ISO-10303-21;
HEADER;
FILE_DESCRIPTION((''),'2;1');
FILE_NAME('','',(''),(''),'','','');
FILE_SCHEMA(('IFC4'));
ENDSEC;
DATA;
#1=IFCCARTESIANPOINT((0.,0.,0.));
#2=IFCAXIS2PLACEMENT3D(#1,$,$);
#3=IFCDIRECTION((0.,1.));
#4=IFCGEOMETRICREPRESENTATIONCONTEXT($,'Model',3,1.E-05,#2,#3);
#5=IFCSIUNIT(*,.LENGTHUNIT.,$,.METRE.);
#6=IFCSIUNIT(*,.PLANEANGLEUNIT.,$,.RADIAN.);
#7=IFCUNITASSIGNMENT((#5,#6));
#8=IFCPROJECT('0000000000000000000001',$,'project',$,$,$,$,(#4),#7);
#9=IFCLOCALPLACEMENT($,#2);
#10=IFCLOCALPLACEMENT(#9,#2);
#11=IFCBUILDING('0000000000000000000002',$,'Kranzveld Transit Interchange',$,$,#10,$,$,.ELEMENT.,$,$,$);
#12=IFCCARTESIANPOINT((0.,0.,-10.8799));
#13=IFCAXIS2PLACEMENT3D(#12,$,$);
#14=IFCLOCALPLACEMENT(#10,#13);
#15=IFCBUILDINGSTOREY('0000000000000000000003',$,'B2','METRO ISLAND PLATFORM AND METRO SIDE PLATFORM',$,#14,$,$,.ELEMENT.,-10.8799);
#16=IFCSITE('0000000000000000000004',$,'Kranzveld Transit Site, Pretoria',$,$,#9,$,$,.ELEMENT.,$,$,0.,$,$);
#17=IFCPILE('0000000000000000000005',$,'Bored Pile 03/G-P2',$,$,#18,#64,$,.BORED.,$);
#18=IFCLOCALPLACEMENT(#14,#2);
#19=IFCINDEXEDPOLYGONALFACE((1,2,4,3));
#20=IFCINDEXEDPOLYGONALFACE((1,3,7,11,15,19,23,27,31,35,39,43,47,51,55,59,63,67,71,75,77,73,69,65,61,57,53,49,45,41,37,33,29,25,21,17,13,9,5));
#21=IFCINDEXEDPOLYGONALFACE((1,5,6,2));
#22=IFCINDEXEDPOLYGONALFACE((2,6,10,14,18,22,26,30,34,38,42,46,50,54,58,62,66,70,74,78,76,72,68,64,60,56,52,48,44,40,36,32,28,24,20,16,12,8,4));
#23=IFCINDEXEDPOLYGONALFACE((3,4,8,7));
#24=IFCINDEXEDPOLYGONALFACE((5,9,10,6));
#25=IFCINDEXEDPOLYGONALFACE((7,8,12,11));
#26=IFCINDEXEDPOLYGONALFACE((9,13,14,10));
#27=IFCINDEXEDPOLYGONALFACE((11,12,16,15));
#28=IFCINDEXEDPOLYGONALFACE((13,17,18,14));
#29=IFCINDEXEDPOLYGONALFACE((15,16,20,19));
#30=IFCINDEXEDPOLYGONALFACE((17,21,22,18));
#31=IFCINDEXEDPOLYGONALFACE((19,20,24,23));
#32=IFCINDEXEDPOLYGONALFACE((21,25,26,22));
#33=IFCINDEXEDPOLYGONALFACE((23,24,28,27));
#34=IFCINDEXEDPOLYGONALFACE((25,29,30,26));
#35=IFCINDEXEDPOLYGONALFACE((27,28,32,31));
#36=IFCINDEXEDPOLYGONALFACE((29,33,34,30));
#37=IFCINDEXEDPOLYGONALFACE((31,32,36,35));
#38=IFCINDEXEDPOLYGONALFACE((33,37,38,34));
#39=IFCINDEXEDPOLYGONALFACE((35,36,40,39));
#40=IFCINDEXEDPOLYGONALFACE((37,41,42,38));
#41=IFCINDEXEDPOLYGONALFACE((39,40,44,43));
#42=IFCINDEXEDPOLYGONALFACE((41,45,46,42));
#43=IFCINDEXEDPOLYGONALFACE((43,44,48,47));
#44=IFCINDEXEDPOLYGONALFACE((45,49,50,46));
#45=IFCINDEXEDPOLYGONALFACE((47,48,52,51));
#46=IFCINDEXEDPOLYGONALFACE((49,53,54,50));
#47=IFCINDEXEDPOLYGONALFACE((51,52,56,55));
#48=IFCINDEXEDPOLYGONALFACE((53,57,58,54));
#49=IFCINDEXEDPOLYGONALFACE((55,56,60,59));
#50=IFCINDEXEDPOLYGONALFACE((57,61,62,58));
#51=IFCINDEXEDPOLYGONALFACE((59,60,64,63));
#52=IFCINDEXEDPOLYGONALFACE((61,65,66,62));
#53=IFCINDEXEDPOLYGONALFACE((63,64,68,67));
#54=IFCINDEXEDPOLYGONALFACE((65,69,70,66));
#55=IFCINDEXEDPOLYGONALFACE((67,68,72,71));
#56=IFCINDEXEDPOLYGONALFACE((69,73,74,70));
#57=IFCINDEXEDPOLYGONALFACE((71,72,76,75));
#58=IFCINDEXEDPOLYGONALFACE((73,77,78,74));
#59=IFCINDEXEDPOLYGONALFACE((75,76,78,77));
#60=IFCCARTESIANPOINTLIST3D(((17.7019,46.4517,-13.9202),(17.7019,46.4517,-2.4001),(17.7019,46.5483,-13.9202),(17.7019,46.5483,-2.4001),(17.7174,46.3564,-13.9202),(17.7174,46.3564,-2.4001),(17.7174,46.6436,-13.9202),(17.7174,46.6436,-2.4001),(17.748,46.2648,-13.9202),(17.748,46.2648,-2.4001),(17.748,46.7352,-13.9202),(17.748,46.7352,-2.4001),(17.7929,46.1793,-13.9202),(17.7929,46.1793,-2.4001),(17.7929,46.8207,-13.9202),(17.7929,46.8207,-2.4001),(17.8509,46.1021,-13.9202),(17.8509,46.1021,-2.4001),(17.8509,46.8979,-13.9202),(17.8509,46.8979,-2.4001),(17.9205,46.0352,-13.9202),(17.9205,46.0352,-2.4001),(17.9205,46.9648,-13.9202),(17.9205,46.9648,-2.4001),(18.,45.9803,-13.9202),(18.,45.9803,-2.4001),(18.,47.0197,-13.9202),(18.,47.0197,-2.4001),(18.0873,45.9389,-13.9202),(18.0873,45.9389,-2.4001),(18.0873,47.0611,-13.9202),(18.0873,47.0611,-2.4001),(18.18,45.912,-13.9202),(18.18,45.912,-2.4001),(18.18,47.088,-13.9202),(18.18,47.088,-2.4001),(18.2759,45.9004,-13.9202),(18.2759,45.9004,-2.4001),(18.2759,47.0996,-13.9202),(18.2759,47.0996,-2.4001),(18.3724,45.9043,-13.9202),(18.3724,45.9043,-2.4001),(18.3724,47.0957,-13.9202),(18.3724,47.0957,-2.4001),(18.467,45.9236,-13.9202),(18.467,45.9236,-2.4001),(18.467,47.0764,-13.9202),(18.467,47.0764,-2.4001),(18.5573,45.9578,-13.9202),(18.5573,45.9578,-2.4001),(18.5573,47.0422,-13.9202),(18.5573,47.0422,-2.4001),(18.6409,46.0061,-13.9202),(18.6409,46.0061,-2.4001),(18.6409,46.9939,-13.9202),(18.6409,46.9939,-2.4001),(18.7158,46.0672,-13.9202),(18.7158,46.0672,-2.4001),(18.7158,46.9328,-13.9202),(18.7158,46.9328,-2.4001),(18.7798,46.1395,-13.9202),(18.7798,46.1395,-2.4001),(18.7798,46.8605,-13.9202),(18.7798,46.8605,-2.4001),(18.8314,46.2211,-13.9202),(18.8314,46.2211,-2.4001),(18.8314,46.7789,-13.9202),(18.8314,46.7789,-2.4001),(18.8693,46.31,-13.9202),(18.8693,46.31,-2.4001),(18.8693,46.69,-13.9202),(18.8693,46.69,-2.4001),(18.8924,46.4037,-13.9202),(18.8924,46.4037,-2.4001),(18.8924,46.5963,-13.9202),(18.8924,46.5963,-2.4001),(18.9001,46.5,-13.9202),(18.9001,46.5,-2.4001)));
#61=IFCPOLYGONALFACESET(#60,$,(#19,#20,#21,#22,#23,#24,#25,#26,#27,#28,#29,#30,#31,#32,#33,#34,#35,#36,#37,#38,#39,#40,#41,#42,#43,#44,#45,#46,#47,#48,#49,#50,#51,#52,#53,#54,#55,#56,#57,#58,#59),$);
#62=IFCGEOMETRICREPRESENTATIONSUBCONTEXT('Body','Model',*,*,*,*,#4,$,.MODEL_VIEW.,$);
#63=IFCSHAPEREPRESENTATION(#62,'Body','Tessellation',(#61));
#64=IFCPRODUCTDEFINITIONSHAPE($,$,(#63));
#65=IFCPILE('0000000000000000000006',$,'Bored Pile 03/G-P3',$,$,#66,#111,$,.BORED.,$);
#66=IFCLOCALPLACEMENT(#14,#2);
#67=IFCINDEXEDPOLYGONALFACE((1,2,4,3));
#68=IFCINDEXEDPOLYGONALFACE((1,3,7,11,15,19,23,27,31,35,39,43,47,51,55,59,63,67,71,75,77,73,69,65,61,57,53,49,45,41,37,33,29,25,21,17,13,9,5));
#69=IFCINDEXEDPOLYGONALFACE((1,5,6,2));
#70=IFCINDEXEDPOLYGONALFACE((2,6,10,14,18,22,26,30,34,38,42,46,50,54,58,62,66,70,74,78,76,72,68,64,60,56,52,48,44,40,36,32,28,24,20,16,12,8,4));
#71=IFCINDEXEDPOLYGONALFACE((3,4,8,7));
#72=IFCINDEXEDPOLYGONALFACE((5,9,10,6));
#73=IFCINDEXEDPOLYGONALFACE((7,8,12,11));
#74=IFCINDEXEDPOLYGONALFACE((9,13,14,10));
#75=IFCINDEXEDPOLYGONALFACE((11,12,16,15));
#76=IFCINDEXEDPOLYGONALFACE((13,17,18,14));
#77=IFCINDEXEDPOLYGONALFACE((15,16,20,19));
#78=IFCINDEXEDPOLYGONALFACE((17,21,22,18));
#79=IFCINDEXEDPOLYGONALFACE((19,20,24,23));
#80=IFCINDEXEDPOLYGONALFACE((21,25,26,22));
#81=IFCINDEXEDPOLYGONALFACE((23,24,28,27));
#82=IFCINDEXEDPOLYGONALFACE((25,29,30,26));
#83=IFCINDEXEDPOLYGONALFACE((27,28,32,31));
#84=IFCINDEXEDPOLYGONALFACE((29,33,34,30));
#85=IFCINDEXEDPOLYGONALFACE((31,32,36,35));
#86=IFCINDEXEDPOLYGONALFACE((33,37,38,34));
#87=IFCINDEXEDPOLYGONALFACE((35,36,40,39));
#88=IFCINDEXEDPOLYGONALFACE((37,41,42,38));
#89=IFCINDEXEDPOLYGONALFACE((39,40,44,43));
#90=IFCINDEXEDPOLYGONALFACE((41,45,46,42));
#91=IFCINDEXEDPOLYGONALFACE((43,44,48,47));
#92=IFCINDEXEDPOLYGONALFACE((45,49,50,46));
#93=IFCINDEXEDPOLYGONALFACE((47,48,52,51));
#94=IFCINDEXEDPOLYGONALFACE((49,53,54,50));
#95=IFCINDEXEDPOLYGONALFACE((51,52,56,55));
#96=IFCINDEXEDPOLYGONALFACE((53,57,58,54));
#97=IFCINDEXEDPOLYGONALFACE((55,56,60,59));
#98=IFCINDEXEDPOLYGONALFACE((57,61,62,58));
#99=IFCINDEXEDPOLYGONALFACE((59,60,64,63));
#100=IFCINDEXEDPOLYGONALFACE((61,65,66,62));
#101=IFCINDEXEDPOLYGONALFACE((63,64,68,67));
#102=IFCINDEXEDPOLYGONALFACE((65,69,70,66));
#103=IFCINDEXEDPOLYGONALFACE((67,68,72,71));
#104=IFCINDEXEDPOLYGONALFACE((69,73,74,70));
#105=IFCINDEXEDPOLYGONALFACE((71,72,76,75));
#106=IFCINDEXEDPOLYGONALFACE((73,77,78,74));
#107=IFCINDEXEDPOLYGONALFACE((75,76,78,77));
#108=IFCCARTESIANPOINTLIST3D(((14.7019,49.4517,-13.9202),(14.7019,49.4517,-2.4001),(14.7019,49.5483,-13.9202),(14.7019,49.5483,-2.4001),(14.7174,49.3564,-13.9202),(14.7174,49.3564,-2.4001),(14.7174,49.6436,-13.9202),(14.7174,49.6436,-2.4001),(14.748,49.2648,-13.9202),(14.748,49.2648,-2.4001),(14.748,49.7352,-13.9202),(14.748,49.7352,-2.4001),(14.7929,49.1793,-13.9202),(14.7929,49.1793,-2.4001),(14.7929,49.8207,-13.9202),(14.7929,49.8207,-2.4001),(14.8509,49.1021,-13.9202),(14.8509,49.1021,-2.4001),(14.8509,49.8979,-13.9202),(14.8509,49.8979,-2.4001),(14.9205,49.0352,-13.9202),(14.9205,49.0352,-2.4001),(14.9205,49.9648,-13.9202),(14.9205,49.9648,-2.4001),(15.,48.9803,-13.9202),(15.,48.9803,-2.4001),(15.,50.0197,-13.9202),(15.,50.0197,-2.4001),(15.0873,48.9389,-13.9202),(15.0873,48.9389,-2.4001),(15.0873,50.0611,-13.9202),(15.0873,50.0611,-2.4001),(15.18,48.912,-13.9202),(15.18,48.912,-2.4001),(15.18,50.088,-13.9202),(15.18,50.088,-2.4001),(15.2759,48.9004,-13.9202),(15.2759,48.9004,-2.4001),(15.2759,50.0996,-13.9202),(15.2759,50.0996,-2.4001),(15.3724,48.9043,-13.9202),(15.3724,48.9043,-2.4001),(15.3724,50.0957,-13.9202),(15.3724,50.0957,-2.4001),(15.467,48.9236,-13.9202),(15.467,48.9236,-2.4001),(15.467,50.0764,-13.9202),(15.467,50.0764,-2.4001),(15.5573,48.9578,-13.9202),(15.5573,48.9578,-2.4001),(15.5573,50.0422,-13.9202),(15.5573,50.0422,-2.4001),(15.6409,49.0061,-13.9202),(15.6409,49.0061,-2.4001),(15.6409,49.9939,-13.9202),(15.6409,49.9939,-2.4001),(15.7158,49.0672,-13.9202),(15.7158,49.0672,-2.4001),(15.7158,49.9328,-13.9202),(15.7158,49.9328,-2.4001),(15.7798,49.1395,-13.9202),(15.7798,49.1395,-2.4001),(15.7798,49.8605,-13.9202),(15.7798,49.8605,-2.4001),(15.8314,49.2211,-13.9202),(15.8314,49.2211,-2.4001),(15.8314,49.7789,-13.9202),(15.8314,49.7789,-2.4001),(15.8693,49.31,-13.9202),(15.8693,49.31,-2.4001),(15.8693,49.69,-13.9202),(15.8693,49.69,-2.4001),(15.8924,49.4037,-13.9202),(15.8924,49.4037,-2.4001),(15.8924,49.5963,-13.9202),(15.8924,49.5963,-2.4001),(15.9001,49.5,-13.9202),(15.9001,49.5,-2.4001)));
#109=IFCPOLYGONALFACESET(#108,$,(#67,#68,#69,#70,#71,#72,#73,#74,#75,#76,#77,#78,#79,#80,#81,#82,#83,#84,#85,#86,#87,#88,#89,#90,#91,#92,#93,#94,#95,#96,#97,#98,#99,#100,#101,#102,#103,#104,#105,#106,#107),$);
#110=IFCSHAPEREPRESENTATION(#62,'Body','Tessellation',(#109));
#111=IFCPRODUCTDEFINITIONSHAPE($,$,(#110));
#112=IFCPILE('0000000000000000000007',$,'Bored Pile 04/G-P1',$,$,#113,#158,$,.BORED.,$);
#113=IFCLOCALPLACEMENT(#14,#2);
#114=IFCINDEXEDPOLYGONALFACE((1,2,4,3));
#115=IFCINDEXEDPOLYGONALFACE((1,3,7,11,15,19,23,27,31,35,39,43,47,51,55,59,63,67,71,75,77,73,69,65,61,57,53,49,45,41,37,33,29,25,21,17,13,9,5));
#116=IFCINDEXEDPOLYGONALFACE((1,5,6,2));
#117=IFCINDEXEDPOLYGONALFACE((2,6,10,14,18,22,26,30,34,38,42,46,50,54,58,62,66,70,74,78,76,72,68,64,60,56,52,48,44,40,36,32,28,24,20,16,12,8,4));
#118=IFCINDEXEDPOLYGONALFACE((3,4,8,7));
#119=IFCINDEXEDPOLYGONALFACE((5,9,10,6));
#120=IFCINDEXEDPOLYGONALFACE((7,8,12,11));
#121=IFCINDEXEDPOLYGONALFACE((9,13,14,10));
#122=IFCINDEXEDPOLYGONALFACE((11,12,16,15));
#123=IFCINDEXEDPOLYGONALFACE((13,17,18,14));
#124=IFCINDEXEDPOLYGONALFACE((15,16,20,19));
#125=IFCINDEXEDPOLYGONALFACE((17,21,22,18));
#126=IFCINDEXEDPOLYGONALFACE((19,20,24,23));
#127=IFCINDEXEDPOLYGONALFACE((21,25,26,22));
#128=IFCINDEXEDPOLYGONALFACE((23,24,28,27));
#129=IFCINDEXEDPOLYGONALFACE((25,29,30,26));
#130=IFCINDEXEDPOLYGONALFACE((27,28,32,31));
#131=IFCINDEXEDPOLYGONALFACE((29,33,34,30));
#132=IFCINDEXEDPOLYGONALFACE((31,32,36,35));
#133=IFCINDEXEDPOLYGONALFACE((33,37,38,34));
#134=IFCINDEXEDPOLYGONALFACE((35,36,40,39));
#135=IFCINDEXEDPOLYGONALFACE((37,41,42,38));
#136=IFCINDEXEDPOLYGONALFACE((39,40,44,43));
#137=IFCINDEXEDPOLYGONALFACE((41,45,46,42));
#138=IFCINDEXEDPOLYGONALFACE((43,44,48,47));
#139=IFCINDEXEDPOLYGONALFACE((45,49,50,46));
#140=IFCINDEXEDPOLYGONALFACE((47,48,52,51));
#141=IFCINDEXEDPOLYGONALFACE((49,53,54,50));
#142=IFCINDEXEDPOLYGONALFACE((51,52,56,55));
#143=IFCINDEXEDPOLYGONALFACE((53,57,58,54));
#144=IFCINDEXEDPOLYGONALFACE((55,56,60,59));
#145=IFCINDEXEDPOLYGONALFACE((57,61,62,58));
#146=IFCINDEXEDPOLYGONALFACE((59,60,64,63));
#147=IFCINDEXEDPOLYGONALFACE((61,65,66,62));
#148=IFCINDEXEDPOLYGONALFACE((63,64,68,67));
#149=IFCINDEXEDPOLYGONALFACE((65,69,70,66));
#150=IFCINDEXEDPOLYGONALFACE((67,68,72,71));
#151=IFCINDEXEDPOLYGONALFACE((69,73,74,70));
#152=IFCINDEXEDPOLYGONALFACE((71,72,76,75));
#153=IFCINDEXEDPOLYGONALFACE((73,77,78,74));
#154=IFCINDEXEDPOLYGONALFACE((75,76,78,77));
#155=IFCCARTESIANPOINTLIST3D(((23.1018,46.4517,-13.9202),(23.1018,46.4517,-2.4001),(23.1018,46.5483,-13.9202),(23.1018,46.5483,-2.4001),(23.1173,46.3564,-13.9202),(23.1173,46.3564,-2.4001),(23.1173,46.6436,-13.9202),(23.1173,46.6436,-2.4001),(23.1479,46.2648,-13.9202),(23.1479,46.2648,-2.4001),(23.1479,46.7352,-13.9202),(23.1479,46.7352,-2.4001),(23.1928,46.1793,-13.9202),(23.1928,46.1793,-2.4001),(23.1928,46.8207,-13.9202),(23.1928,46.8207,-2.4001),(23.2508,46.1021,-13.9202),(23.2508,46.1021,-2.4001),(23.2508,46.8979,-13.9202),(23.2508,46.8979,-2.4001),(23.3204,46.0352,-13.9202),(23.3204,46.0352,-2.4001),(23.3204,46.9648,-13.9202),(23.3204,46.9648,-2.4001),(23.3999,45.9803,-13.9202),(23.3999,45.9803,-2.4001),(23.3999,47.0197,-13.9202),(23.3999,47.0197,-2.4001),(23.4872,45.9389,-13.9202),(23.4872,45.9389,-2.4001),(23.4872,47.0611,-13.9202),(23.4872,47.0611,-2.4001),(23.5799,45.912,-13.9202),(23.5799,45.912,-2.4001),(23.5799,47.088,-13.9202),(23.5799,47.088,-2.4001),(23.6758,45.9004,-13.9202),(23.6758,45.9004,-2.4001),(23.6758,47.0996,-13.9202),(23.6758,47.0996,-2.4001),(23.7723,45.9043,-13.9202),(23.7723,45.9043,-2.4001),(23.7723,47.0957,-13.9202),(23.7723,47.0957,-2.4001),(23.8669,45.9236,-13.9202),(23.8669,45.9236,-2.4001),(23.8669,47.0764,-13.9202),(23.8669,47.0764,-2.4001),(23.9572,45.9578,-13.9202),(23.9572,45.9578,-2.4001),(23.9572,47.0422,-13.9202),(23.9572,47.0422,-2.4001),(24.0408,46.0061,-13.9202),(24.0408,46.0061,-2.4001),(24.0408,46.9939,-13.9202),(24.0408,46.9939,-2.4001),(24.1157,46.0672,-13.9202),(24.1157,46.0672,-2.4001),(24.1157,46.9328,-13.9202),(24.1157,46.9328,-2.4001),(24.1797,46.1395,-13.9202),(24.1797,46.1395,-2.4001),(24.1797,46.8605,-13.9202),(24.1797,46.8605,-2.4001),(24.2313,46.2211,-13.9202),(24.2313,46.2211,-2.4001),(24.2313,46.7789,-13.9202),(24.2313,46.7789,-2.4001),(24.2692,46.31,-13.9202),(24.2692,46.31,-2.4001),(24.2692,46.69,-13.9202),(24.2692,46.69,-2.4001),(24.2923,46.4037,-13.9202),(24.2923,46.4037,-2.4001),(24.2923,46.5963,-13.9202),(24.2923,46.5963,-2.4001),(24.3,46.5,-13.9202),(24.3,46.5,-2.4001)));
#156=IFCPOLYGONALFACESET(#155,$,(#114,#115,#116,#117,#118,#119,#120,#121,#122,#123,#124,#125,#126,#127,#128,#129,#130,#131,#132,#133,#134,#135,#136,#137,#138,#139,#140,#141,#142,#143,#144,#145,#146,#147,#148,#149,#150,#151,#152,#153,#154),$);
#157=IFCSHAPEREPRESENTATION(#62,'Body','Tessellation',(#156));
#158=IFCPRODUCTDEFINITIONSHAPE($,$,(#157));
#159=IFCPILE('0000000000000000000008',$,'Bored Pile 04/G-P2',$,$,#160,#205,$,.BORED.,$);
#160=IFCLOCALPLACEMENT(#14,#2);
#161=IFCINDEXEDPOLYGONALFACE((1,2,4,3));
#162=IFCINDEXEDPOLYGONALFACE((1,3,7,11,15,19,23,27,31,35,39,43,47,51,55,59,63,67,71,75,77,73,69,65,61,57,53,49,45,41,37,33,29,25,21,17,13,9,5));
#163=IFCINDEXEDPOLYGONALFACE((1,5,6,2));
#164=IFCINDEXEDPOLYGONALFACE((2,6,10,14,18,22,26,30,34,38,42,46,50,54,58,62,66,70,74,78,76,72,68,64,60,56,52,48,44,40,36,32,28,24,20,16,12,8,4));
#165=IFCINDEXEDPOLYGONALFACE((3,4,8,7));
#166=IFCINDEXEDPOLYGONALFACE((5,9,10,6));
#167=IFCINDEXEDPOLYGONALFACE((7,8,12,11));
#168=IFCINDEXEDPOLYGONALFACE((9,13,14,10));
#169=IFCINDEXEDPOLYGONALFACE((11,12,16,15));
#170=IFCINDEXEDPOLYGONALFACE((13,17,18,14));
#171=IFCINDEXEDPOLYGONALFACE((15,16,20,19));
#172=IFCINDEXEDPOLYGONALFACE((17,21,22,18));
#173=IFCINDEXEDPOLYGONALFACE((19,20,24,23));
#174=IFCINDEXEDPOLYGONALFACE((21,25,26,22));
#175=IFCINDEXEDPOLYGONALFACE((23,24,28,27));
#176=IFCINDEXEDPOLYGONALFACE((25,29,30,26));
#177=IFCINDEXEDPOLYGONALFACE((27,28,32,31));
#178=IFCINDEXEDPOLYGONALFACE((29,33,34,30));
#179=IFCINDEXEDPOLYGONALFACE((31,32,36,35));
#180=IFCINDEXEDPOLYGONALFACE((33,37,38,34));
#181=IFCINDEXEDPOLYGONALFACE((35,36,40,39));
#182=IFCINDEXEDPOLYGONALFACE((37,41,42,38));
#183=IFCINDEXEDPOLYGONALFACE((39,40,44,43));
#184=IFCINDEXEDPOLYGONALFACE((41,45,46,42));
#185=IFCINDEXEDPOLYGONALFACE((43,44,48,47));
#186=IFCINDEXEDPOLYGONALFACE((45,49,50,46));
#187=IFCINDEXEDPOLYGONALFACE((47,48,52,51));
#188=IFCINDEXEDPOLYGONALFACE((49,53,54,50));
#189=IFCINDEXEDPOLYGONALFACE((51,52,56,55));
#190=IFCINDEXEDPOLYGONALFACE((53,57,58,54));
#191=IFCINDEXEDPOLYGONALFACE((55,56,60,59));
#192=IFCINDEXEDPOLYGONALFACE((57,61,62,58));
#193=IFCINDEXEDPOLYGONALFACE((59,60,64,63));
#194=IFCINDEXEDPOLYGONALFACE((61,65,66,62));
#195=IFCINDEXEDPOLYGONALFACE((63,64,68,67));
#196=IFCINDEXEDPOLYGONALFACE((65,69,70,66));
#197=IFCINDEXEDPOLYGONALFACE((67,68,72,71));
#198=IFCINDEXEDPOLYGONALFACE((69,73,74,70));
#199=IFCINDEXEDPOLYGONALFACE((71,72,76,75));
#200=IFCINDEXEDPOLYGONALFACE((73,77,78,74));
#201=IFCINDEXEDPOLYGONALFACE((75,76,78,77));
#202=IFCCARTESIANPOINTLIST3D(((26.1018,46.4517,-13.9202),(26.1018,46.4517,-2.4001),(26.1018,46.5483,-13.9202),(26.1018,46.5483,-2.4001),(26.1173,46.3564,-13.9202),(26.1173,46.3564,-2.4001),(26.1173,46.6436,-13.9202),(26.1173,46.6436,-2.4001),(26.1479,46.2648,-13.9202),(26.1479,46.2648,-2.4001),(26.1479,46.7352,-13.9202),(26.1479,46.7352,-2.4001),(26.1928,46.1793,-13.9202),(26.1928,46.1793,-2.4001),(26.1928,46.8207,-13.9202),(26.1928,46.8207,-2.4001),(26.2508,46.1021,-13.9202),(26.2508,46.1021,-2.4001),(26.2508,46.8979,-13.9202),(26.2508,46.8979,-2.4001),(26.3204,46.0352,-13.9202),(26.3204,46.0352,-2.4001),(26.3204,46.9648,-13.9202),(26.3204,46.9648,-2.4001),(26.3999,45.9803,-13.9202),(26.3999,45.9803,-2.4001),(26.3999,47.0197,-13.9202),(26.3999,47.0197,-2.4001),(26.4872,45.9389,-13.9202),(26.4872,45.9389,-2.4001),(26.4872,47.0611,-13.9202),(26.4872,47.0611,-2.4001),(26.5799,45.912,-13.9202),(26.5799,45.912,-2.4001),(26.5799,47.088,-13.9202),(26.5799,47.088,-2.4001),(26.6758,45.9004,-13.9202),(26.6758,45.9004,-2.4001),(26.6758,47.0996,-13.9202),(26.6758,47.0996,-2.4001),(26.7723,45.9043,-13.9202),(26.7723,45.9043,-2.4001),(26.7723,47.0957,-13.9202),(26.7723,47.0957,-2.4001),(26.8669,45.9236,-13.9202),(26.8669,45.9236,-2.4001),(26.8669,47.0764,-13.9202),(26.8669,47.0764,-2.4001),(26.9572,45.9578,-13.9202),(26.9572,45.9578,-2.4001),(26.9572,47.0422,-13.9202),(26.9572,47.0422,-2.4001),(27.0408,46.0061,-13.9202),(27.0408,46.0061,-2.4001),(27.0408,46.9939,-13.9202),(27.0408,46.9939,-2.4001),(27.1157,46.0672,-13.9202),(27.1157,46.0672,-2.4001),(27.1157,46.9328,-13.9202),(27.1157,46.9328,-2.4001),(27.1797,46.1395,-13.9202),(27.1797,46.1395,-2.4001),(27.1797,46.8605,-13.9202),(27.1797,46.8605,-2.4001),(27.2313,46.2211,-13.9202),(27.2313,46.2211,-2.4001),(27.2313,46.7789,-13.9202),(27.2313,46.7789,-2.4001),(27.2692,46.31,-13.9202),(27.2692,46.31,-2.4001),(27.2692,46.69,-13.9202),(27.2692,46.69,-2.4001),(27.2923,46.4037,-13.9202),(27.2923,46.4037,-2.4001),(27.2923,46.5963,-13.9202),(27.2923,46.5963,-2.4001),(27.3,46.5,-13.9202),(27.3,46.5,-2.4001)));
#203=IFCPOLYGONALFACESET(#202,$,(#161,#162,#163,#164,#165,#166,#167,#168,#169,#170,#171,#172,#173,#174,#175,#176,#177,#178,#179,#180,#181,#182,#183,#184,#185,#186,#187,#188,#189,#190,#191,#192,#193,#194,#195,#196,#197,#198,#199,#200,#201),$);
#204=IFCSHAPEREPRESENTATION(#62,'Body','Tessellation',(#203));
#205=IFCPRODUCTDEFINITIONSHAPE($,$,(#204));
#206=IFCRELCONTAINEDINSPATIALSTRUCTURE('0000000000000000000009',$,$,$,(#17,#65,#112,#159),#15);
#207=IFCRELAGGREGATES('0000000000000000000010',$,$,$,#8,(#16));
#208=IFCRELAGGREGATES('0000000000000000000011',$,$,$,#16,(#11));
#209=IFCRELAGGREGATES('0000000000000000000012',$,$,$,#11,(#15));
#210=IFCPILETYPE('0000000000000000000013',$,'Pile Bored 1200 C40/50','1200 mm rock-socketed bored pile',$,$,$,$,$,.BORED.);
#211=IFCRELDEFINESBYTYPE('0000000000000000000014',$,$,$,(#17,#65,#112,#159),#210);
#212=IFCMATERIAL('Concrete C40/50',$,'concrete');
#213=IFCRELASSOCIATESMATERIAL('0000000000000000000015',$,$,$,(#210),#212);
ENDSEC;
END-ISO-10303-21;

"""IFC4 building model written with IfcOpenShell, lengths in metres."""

from ifc_helpers import new_model, si_unit, direction, frame, origin, origin_2d, place, context, subcontext, project, spatial, circle, extrude, material, material_profile, profile_set, type_object, element, save


model = new_model("IFC4")

# Units and contexts
model_context = context("Model", 3, precision=1e-05, world=origin(), true_north=direction((0.0, 1.0)))
body_context = subcontext(model_context, "Body", "Model", "MODEL_VIEW")
ifc_project = project(units=[si_unit("LENGTHUNIT", "METRE"), si_unit("PLANEANGLEUNIT", "RADIAN")], contexts=[model_context])

# Site, building, storey
site_placement = place(None, origin())
site = spatial("IfcSite", under=ifc_project, at=site_placement, Name="Kranzveld Transit Site, Pretoria", CompositionType="ELEMENT", RefElevation=0.0)
building_placement = place(site_placement, origin())
building = spatial("IfcBuilding", under=site, at=building_placement, Name="Kranzveld Transit Interchange", CompositionType="ELEMENT")
storey_placement = place(building_placement, frame((0.0, 0.0, -10.8799)))
storey = spatial("IfcBuildingStorey", under=building, at=storey_placement, Name="B2", Description="METRO ISLAND PLATFORM AND METRO SIDE PLATFORM", CompositionType="ELEMENT", Elevation=-10.8799)

# Piles
ifc_material_1 = material(Name="Concrete C40/50", Category="concrete")
ifc_material_profile_1 = material_profile(ifc_material_1, circle(Radius=0.6001, at=origin_2d()), Name="BORED PILE 1200")
ifc_profile_set_1 = profile_set([ifc_material_profile_1], Name="Concrete C40/50")
pile_type = type_object("IfcPileType", Name="Pile Bored 1200 C40/50", Description="1200 mm rock-socketed bored pile", PredefinedType="BORED", material=ifc_profile_set_1)
for number, where, z_axis, x_axis, name in (
    (1, (18.3, 46.5, -2.4001), (0.0, 0.0, -1.0), (1.0, 0.0, 0.0), "Bored Pile 03/G-P2"),
    (2, (15.3, 49.5, -2.4001), (0.0, 0.0, -1.0), (1.0, 0.0, 0.0), "Bored Pile 03/G-P3"),
    (3, (23.7, 46.5, -2.4001), (0.0, 0.0, -1.0), (1.0, 0.0, 0.0), "Bored Pile 04/G-P1"),
    (4, (26.7, 46.5, -2.4001), (0.0, 0.0, -1.0), (1.0, 0.0, 0.0), "Bored Pile 04/G-P2"),
):
    element("IfcPile", number, at=place(storey_placement, frame(where, z_axis=z_axis, x_axis=x_axis)), inside=storey, type_object=pile_type, Name=name, PredefinedType="BORED", context=body_context, shape_type="SweptSolid", body=[
        extrude(circle(Radius=0.6001, at=origin_2d()), origin(), (0.0, 0.0, 1.0), 11.52),
    ])

save(model, "model.ifc")
